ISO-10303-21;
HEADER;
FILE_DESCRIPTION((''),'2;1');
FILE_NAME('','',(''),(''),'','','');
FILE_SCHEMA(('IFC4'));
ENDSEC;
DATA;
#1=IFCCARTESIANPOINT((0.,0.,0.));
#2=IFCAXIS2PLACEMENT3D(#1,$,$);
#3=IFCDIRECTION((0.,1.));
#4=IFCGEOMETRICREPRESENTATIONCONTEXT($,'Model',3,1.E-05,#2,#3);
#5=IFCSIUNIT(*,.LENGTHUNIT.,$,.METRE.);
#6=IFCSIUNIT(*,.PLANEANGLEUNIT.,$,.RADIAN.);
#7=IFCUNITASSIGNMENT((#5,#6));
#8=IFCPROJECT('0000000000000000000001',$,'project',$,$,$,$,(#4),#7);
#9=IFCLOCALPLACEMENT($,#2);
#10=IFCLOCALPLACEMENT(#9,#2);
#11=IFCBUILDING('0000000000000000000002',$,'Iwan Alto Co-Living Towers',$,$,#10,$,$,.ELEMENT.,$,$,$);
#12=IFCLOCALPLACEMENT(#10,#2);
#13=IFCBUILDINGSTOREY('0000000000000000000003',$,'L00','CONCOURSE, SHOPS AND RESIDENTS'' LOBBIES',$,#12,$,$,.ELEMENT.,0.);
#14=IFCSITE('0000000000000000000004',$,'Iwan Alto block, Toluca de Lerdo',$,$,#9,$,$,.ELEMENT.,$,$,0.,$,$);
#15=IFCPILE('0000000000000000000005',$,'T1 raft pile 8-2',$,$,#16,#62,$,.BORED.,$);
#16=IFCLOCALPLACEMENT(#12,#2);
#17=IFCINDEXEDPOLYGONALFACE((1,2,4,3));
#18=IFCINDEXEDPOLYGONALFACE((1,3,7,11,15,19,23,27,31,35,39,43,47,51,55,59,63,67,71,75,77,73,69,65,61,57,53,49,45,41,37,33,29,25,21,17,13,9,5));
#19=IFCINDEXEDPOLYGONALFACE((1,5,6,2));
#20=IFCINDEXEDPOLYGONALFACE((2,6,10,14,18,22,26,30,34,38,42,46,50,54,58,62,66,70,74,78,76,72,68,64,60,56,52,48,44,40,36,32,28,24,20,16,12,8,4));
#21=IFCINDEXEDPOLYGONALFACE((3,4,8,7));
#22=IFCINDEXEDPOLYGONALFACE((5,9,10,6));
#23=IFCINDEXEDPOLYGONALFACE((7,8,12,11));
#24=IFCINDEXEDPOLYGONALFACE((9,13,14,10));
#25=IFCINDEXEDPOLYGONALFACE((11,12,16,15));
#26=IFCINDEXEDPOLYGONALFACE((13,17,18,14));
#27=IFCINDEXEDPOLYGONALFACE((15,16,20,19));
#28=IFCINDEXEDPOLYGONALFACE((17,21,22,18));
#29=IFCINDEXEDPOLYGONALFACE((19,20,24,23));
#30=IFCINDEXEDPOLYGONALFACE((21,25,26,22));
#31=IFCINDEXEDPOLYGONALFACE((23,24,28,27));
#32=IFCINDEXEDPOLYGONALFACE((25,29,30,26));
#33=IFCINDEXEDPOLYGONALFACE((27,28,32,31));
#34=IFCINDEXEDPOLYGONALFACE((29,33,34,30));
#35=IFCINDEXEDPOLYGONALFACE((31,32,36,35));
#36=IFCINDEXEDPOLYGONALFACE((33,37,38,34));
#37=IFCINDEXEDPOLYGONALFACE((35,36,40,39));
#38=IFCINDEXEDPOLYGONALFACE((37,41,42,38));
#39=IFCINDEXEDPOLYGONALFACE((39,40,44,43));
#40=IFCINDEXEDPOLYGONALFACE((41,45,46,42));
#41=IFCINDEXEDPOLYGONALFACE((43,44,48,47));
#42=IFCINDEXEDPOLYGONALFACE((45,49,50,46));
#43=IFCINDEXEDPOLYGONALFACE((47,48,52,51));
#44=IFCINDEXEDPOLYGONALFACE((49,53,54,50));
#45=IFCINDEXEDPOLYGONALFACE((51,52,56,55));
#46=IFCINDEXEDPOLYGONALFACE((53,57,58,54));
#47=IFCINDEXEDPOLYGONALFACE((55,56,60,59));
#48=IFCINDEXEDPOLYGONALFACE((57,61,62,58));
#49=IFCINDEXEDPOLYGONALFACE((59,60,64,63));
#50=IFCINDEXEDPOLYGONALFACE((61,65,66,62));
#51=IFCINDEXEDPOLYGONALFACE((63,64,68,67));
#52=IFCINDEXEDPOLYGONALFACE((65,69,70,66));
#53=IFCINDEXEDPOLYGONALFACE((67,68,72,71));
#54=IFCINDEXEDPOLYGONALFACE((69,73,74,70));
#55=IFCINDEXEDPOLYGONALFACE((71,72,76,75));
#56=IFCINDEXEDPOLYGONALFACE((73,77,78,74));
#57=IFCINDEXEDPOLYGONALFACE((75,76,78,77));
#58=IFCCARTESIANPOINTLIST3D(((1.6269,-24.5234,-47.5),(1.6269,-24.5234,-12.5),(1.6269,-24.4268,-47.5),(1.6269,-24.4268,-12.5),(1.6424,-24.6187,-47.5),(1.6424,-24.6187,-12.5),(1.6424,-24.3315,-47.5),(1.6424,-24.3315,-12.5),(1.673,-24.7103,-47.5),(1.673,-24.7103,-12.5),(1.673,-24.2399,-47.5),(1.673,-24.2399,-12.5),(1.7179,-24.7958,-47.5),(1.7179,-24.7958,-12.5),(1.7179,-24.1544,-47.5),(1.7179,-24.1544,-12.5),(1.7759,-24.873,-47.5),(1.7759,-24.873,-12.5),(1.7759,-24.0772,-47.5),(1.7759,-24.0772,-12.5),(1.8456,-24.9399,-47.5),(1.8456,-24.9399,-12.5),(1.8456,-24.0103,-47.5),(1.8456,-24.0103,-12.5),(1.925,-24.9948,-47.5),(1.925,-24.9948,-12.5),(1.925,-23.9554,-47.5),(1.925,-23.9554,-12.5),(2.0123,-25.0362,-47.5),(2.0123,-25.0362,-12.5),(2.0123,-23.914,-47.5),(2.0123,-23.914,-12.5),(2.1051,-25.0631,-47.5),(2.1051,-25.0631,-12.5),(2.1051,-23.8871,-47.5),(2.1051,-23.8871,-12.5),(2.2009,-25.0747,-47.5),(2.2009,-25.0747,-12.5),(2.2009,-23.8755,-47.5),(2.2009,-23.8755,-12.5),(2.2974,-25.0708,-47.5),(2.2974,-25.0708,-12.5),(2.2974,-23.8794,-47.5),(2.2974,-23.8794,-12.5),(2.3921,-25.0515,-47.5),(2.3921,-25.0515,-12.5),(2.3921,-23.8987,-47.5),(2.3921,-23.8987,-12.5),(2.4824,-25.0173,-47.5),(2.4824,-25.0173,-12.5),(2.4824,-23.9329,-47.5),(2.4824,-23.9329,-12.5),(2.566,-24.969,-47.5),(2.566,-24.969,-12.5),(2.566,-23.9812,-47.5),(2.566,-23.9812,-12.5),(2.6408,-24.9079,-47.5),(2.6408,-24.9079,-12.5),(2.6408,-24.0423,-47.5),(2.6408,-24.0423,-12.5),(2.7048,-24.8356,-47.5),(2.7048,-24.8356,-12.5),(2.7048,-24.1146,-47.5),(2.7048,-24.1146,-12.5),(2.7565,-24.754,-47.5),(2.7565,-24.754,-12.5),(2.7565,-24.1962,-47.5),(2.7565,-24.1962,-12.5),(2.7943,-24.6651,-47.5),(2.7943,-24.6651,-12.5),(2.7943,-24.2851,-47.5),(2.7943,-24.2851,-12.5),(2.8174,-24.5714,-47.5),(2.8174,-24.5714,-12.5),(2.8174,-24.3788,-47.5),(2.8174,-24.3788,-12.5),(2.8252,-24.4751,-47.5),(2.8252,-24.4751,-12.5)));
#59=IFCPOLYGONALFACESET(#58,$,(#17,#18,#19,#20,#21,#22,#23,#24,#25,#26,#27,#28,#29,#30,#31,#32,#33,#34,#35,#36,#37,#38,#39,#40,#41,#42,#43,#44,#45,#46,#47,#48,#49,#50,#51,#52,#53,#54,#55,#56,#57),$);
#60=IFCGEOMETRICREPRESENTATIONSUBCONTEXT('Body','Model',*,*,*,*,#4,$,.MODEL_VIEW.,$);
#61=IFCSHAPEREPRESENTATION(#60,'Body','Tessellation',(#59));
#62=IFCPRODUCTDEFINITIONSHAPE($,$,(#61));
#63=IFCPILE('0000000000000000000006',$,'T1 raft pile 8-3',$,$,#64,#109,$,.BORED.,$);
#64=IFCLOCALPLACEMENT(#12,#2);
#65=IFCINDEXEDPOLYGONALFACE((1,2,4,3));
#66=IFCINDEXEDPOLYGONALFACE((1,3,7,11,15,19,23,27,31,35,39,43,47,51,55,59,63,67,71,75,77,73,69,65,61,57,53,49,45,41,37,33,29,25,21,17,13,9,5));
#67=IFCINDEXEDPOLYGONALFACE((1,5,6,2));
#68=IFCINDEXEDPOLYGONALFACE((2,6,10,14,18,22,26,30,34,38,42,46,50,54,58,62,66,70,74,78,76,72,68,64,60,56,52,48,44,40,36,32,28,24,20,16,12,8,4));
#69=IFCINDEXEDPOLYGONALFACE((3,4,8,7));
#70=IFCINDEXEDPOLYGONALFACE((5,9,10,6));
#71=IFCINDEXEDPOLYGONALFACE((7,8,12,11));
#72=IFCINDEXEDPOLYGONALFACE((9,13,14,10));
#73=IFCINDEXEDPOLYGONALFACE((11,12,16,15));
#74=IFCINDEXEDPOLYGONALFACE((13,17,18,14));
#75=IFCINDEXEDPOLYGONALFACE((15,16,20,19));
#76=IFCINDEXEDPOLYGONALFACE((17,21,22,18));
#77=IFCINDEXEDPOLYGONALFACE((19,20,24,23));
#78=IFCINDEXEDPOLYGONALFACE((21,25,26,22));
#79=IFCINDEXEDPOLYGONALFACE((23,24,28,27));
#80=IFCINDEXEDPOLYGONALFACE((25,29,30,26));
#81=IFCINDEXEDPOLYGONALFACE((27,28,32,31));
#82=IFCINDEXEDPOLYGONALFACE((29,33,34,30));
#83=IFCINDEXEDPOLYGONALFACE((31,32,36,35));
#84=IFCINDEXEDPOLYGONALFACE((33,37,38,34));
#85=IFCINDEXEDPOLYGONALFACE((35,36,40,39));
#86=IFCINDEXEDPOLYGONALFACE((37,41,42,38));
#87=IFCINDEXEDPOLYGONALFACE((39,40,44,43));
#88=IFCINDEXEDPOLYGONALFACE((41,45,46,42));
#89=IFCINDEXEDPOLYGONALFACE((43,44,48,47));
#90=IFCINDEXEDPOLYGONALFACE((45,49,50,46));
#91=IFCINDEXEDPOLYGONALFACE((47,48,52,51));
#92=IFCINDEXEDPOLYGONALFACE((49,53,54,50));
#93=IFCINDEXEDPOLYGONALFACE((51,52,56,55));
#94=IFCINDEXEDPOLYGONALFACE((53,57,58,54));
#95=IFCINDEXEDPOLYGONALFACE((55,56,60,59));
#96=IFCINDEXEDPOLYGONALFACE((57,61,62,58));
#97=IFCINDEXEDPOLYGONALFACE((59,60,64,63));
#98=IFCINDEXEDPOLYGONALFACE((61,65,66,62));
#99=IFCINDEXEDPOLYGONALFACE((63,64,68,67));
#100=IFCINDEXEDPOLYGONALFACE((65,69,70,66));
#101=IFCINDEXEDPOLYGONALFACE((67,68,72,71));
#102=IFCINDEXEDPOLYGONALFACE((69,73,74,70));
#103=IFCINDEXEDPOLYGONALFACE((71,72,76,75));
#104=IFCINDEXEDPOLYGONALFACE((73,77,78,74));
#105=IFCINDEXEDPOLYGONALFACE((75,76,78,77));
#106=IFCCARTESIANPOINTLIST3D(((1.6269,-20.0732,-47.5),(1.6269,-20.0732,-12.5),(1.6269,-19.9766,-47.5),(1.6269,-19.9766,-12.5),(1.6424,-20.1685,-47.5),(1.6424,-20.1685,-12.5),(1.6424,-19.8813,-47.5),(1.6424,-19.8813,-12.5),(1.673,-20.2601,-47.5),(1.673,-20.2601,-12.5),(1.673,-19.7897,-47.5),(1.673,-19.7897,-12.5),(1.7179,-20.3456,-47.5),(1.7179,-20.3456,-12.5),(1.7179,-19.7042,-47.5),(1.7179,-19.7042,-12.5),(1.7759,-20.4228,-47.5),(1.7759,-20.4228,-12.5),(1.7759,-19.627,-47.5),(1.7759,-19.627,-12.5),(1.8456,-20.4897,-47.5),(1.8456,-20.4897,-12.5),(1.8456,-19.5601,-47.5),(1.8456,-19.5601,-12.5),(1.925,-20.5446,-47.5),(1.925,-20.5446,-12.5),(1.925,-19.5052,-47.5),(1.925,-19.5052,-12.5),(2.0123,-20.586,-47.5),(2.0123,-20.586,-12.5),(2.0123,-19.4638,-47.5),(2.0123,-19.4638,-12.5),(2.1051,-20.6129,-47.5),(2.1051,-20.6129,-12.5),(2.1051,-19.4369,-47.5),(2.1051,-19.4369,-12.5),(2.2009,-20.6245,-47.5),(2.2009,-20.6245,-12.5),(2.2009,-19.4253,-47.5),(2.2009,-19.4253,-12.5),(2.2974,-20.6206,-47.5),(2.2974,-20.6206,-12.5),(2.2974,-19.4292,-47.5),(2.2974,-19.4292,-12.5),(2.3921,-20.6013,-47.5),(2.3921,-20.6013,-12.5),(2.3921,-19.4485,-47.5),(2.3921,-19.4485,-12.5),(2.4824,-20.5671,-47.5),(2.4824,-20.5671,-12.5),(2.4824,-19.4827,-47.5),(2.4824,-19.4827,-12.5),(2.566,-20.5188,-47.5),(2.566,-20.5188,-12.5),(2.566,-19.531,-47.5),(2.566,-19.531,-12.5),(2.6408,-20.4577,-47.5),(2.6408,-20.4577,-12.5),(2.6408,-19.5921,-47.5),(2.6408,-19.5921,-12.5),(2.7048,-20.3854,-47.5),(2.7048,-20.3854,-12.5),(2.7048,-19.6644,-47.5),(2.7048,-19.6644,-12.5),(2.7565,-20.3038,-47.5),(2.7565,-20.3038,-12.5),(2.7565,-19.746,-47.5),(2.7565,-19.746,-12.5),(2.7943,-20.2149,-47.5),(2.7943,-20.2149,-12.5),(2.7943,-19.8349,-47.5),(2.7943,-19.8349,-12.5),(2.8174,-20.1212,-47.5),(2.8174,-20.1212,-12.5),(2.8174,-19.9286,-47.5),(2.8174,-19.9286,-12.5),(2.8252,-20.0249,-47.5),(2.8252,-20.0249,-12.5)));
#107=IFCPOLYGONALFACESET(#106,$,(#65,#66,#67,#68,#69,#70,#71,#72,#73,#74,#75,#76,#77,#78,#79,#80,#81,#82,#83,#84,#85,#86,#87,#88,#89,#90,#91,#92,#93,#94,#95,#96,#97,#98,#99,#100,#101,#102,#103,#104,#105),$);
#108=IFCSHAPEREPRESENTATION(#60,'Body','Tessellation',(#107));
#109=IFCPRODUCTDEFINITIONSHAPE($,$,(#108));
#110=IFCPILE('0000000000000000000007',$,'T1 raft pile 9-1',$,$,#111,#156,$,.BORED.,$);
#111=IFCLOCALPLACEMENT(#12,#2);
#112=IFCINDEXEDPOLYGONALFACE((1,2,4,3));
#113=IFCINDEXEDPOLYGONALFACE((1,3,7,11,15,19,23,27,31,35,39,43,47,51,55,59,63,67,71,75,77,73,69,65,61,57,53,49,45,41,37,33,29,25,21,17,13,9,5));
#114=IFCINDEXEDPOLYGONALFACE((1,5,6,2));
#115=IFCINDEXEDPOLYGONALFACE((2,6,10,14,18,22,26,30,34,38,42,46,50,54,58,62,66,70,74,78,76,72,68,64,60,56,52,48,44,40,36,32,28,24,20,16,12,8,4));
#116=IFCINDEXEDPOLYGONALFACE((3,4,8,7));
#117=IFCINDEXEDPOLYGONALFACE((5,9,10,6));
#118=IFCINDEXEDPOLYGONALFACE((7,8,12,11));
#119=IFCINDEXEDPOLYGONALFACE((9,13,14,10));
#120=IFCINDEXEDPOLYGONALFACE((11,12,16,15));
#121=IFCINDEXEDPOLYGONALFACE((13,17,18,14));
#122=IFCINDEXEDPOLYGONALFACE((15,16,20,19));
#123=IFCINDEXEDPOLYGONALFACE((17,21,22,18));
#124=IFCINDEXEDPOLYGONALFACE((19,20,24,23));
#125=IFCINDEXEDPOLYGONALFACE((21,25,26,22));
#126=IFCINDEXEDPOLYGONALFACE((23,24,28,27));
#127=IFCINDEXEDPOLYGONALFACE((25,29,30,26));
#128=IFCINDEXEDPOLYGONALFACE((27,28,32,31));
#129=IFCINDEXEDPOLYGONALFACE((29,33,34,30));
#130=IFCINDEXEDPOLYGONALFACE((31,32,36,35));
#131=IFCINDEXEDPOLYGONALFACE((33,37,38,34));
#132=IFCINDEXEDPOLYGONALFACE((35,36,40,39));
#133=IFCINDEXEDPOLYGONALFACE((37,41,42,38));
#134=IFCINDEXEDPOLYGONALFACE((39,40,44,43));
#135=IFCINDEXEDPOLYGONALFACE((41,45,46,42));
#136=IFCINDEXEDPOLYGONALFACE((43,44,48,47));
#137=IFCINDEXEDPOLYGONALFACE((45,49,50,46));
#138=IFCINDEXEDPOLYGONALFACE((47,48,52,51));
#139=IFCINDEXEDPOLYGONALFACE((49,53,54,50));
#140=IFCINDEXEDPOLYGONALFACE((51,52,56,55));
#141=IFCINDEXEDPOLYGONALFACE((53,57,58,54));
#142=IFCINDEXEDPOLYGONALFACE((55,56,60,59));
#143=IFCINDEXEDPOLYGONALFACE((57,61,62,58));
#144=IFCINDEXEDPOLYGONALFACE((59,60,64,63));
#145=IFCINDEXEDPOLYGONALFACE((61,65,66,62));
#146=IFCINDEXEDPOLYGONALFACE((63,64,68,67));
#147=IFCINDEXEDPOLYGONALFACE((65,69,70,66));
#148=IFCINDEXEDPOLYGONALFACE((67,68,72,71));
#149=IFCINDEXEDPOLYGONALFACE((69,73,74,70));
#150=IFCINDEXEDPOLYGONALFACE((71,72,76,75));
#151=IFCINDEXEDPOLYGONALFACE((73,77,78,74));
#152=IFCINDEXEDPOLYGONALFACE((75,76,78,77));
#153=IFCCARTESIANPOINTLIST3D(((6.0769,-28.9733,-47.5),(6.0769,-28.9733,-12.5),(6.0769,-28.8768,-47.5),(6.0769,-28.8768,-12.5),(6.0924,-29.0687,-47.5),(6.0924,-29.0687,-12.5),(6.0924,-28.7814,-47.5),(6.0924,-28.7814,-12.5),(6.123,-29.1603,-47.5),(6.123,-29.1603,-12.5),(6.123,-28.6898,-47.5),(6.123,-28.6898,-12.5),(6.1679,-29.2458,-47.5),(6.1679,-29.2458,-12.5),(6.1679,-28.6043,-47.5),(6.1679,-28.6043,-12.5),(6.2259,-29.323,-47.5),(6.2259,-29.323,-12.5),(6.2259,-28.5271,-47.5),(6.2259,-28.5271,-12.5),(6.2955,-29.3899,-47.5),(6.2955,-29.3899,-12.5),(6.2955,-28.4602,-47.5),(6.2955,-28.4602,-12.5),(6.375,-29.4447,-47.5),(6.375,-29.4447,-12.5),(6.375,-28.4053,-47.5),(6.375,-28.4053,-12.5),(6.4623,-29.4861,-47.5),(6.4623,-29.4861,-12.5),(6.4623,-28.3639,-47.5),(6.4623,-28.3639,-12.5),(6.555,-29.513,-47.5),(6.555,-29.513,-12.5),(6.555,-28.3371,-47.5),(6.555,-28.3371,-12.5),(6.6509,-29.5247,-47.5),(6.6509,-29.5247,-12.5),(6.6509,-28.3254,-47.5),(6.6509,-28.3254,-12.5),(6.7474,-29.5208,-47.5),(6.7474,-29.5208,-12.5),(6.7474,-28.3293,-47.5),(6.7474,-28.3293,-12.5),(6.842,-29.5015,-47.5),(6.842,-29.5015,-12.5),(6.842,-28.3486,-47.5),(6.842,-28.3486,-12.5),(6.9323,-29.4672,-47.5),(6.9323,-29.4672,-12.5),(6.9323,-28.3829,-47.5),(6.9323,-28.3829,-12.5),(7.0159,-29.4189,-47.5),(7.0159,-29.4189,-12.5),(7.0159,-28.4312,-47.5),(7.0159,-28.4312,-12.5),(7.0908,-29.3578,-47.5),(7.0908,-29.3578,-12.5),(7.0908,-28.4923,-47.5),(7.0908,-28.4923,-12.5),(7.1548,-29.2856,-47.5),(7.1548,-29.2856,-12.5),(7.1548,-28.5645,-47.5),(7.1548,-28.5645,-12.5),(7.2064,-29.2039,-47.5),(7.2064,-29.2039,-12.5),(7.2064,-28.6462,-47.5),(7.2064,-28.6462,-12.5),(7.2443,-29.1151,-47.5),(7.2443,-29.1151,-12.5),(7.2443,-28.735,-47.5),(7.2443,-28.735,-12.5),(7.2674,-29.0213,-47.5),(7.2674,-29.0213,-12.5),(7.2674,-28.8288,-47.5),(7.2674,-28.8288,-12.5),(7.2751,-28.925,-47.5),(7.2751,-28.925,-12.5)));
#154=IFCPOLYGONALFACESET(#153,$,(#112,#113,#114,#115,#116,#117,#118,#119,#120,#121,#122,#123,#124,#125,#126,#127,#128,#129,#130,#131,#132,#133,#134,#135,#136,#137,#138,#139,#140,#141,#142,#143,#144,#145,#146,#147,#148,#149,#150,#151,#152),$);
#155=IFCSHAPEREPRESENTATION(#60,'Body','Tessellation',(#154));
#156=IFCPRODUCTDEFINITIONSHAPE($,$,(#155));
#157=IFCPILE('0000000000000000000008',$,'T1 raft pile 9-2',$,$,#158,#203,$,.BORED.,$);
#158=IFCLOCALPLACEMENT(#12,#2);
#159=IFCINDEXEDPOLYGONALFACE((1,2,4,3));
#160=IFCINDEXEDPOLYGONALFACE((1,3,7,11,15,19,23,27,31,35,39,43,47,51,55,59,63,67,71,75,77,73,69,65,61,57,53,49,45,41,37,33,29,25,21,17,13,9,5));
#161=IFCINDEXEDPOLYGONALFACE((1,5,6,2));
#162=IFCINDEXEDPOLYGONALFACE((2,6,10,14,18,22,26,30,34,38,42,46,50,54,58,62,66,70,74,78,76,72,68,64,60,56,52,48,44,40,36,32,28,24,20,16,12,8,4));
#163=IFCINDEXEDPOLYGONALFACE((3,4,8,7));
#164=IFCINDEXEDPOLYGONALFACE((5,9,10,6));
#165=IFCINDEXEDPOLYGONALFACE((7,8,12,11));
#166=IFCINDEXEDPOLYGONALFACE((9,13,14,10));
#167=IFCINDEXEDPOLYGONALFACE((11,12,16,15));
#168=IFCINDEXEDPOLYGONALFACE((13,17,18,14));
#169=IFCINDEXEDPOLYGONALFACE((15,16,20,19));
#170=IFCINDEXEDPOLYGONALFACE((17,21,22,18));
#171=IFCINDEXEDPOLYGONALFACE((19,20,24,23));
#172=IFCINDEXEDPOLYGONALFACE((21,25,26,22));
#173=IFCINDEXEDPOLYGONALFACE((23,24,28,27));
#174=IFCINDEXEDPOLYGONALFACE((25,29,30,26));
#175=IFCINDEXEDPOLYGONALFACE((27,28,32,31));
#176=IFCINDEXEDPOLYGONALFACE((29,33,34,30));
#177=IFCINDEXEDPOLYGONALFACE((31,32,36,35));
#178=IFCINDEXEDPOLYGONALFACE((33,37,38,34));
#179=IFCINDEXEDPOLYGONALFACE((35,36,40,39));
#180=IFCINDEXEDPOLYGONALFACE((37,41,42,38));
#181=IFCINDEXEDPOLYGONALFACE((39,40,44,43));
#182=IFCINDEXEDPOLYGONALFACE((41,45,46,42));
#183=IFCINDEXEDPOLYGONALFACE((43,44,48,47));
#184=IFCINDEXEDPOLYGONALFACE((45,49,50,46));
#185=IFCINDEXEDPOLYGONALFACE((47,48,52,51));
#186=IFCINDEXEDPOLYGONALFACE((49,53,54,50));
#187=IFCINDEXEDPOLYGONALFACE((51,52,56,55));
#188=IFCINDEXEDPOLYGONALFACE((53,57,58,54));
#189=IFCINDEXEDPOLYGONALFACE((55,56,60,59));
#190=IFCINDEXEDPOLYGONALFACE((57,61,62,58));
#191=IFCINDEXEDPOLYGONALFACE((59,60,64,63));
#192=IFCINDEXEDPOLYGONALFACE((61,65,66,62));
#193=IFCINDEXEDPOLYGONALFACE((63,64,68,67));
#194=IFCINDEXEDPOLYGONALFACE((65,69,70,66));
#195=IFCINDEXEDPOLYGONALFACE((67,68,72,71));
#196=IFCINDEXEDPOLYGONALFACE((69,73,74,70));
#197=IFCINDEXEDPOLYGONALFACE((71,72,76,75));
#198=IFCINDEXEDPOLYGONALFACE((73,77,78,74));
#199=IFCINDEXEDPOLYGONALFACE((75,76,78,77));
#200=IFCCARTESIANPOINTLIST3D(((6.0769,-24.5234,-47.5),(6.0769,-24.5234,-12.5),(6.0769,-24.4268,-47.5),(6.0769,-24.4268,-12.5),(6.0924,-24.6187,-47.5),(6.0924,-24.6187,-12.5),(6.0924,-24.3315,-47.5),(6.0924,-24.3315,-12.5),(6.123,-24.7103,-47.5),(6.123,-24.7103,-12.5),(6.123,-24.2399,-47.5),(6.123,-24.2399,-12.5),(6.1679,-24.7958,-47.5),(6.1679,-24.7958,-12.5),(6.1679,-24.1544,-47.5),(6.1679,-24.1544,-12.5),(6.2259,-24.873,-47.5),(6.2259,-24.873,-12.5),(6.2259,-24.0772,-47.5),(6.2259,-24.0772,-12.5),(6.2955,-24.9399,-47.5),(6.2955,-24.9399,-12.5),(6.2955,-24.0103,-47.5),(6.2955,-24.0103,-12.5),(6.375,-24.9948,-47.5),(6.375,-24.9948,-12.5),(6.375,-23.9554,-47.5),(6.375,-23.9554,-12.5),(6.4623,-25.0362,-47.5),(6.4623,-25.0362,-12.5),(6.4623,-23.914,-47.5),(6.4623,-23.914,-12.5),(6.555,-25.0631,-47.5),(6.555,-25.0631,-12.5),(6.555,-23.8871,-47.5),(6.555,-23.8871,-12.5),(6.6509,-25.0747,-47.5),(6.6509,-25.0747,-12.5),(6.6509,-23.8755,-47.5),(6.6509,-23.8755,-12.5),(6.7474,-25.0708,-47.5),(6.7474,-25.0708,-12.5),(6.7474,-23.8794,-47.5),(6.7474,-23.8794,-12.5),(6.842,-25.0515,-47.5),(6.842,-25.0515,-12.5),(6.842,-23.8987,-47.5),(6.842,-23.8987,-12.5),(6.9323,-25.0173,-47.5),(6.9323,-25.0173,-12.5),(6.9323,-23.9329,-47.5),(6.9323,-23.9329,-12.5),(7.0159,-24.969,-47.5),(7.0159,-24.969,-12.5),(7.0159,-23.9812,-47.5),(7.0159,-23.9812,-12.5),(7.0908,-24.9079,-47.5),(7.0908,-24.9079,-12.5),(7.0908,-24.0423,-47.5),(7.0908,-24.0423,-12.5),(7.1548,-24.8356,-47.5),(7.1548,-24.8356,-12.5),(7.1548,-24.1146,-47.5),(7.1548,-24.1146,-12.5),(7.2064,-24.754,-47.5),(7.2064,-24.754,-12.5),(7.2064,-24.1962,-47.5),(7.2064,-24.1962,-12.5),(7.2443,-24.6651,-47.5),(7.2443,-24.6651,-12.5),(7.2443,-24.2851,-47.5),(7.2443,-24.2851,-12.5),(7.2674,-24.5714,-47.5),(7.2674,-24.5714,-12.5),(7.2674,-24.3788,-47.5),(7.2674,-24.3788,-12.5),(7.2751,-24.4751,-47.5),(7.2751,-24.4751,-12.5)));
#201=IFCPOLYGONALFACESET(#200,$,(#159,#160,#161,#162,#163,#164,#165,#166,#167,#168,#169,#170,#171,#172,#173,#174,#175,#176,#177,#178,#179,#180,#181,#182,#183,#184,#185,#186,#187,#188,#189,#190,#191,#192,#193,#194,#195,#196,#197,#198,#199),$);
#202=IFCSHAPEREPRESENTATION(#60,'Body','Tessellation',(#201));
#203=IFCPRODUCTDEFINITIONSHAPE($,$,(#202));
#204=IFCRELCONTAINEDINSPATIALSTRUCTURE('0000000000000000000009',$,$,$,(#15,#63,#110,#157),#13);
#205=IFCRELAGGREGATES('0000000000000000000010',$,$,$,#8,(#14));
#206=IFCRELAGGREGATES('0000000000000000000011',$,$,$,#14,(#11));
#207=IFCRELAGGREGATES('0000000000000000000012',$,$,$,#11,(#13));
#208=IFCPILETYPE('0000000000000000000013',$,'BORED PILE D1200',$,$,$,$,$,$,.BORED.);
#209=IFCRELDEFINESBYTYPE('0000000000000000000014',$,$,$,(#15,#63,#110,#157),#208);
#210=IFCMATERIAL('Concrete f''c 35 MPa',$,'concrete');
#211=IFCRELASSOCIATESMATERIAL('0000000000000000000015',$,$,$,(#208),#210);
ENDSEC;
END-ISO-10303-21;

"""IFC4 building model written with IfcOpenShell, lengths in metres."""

from ifc_helpers import new_model, si_unit, direction, frame, origin, origin_2d, place, context, subcontext, project, spatial, circle, extrude, material, material_profile, profile_set, type_object, element, save


model = new_model("IFC4")

# Units and contexts
model_context = context("Model", 3, precision=1e-05, world=origin(), true_north=direction((0.0, 1.0)))
body_context = subcontext(model_context, "Body", "Model", "MODEL_VIEW")
ifc_project = project(units=[si_unit("LENGTHUNIT", "METRE"), si_unit("PLANEANGLEUNIT", "RADIAN")], contexts=[model_context])

# Site, building, storey
site_placement = place(None, origin())
site = spatial("IfcSite", under=ifc_project, at=site_placement, Name="Iwan Alto block, Toluca de Lerdo", CompositionType="ELEMENT", RefElevation=0.0)
building_placement = place(site_placement, origin())
building = spatial("IfcBuilding", under=site, at=building_placement, Name="Iwan Alto Co-Living Towers", CompositionType="ELEMENT")
storey_placement = place(building_placement, origin())
storey = spatial("IfcBuildingStorey", under=building, at=storey_placement, Name="L00", Description="CONCOURSE, SHOPS AND RESIDENTS' LOBBIES", CompositionType="ELEMENT", Elevation=0.0)

# Piles
ifc_material_1 = material(Name="Concrete f'c 35 MPa", Category="concrete")
ifc_material_profile_1 = material_profile(ifc_material_1, circle(Radius=0.6001, at=origin_2d()), Name="D1200")
ifc_profile_set_1 = profile_set([ifc_material_profile_1], Name="Concrete f'c 35 MPa")
pile_type_1 = type_object("IfcPileType", Name="BORED PILE D1200", PredefinedType="BORED", material=ifc_profile_set_1)
for number, where, z_axis, x_axis, name in (
    (1, (2.2251, -24.4751, -12.5), (0.0, 0.0, -1.0), (1.0, 0.0, 0.0), "T1 raft pile 8-2"),
    (2, (2.2251, -20.0249, -12.5), (0.0, 0.0, -1.0), (1.0, 0.0, 0.0), "T1 raft pile 8-3"),
    (3, (6.675, -28.925, -12.5), (0.0, 0.0, -1.0), (1.0, 0.0, 0.0), "T1 raft pile 9-1"),
    (4, (6.675, -24.4751, -12.5), (0.0, 0.0, -1.0), (1.0, 0.0, 0.0), "T1 raft pile 9-2"),
):
    element("IfcPile", number, at=place(storey_placement, frame(where, z_axis=z_axis, x_axis=x_axis)), inside=storey, type_object=pile_type_1, Name=name, PredefinedType="BORED", context=body_context, shape_type="SweptSolid", body=[
        extrude(circle(Radius=0.6001, at=origin_2d()), origin(), (0.0, 0.0, 1.0), 35.0),
    ])

save(model, "model.ifc")
